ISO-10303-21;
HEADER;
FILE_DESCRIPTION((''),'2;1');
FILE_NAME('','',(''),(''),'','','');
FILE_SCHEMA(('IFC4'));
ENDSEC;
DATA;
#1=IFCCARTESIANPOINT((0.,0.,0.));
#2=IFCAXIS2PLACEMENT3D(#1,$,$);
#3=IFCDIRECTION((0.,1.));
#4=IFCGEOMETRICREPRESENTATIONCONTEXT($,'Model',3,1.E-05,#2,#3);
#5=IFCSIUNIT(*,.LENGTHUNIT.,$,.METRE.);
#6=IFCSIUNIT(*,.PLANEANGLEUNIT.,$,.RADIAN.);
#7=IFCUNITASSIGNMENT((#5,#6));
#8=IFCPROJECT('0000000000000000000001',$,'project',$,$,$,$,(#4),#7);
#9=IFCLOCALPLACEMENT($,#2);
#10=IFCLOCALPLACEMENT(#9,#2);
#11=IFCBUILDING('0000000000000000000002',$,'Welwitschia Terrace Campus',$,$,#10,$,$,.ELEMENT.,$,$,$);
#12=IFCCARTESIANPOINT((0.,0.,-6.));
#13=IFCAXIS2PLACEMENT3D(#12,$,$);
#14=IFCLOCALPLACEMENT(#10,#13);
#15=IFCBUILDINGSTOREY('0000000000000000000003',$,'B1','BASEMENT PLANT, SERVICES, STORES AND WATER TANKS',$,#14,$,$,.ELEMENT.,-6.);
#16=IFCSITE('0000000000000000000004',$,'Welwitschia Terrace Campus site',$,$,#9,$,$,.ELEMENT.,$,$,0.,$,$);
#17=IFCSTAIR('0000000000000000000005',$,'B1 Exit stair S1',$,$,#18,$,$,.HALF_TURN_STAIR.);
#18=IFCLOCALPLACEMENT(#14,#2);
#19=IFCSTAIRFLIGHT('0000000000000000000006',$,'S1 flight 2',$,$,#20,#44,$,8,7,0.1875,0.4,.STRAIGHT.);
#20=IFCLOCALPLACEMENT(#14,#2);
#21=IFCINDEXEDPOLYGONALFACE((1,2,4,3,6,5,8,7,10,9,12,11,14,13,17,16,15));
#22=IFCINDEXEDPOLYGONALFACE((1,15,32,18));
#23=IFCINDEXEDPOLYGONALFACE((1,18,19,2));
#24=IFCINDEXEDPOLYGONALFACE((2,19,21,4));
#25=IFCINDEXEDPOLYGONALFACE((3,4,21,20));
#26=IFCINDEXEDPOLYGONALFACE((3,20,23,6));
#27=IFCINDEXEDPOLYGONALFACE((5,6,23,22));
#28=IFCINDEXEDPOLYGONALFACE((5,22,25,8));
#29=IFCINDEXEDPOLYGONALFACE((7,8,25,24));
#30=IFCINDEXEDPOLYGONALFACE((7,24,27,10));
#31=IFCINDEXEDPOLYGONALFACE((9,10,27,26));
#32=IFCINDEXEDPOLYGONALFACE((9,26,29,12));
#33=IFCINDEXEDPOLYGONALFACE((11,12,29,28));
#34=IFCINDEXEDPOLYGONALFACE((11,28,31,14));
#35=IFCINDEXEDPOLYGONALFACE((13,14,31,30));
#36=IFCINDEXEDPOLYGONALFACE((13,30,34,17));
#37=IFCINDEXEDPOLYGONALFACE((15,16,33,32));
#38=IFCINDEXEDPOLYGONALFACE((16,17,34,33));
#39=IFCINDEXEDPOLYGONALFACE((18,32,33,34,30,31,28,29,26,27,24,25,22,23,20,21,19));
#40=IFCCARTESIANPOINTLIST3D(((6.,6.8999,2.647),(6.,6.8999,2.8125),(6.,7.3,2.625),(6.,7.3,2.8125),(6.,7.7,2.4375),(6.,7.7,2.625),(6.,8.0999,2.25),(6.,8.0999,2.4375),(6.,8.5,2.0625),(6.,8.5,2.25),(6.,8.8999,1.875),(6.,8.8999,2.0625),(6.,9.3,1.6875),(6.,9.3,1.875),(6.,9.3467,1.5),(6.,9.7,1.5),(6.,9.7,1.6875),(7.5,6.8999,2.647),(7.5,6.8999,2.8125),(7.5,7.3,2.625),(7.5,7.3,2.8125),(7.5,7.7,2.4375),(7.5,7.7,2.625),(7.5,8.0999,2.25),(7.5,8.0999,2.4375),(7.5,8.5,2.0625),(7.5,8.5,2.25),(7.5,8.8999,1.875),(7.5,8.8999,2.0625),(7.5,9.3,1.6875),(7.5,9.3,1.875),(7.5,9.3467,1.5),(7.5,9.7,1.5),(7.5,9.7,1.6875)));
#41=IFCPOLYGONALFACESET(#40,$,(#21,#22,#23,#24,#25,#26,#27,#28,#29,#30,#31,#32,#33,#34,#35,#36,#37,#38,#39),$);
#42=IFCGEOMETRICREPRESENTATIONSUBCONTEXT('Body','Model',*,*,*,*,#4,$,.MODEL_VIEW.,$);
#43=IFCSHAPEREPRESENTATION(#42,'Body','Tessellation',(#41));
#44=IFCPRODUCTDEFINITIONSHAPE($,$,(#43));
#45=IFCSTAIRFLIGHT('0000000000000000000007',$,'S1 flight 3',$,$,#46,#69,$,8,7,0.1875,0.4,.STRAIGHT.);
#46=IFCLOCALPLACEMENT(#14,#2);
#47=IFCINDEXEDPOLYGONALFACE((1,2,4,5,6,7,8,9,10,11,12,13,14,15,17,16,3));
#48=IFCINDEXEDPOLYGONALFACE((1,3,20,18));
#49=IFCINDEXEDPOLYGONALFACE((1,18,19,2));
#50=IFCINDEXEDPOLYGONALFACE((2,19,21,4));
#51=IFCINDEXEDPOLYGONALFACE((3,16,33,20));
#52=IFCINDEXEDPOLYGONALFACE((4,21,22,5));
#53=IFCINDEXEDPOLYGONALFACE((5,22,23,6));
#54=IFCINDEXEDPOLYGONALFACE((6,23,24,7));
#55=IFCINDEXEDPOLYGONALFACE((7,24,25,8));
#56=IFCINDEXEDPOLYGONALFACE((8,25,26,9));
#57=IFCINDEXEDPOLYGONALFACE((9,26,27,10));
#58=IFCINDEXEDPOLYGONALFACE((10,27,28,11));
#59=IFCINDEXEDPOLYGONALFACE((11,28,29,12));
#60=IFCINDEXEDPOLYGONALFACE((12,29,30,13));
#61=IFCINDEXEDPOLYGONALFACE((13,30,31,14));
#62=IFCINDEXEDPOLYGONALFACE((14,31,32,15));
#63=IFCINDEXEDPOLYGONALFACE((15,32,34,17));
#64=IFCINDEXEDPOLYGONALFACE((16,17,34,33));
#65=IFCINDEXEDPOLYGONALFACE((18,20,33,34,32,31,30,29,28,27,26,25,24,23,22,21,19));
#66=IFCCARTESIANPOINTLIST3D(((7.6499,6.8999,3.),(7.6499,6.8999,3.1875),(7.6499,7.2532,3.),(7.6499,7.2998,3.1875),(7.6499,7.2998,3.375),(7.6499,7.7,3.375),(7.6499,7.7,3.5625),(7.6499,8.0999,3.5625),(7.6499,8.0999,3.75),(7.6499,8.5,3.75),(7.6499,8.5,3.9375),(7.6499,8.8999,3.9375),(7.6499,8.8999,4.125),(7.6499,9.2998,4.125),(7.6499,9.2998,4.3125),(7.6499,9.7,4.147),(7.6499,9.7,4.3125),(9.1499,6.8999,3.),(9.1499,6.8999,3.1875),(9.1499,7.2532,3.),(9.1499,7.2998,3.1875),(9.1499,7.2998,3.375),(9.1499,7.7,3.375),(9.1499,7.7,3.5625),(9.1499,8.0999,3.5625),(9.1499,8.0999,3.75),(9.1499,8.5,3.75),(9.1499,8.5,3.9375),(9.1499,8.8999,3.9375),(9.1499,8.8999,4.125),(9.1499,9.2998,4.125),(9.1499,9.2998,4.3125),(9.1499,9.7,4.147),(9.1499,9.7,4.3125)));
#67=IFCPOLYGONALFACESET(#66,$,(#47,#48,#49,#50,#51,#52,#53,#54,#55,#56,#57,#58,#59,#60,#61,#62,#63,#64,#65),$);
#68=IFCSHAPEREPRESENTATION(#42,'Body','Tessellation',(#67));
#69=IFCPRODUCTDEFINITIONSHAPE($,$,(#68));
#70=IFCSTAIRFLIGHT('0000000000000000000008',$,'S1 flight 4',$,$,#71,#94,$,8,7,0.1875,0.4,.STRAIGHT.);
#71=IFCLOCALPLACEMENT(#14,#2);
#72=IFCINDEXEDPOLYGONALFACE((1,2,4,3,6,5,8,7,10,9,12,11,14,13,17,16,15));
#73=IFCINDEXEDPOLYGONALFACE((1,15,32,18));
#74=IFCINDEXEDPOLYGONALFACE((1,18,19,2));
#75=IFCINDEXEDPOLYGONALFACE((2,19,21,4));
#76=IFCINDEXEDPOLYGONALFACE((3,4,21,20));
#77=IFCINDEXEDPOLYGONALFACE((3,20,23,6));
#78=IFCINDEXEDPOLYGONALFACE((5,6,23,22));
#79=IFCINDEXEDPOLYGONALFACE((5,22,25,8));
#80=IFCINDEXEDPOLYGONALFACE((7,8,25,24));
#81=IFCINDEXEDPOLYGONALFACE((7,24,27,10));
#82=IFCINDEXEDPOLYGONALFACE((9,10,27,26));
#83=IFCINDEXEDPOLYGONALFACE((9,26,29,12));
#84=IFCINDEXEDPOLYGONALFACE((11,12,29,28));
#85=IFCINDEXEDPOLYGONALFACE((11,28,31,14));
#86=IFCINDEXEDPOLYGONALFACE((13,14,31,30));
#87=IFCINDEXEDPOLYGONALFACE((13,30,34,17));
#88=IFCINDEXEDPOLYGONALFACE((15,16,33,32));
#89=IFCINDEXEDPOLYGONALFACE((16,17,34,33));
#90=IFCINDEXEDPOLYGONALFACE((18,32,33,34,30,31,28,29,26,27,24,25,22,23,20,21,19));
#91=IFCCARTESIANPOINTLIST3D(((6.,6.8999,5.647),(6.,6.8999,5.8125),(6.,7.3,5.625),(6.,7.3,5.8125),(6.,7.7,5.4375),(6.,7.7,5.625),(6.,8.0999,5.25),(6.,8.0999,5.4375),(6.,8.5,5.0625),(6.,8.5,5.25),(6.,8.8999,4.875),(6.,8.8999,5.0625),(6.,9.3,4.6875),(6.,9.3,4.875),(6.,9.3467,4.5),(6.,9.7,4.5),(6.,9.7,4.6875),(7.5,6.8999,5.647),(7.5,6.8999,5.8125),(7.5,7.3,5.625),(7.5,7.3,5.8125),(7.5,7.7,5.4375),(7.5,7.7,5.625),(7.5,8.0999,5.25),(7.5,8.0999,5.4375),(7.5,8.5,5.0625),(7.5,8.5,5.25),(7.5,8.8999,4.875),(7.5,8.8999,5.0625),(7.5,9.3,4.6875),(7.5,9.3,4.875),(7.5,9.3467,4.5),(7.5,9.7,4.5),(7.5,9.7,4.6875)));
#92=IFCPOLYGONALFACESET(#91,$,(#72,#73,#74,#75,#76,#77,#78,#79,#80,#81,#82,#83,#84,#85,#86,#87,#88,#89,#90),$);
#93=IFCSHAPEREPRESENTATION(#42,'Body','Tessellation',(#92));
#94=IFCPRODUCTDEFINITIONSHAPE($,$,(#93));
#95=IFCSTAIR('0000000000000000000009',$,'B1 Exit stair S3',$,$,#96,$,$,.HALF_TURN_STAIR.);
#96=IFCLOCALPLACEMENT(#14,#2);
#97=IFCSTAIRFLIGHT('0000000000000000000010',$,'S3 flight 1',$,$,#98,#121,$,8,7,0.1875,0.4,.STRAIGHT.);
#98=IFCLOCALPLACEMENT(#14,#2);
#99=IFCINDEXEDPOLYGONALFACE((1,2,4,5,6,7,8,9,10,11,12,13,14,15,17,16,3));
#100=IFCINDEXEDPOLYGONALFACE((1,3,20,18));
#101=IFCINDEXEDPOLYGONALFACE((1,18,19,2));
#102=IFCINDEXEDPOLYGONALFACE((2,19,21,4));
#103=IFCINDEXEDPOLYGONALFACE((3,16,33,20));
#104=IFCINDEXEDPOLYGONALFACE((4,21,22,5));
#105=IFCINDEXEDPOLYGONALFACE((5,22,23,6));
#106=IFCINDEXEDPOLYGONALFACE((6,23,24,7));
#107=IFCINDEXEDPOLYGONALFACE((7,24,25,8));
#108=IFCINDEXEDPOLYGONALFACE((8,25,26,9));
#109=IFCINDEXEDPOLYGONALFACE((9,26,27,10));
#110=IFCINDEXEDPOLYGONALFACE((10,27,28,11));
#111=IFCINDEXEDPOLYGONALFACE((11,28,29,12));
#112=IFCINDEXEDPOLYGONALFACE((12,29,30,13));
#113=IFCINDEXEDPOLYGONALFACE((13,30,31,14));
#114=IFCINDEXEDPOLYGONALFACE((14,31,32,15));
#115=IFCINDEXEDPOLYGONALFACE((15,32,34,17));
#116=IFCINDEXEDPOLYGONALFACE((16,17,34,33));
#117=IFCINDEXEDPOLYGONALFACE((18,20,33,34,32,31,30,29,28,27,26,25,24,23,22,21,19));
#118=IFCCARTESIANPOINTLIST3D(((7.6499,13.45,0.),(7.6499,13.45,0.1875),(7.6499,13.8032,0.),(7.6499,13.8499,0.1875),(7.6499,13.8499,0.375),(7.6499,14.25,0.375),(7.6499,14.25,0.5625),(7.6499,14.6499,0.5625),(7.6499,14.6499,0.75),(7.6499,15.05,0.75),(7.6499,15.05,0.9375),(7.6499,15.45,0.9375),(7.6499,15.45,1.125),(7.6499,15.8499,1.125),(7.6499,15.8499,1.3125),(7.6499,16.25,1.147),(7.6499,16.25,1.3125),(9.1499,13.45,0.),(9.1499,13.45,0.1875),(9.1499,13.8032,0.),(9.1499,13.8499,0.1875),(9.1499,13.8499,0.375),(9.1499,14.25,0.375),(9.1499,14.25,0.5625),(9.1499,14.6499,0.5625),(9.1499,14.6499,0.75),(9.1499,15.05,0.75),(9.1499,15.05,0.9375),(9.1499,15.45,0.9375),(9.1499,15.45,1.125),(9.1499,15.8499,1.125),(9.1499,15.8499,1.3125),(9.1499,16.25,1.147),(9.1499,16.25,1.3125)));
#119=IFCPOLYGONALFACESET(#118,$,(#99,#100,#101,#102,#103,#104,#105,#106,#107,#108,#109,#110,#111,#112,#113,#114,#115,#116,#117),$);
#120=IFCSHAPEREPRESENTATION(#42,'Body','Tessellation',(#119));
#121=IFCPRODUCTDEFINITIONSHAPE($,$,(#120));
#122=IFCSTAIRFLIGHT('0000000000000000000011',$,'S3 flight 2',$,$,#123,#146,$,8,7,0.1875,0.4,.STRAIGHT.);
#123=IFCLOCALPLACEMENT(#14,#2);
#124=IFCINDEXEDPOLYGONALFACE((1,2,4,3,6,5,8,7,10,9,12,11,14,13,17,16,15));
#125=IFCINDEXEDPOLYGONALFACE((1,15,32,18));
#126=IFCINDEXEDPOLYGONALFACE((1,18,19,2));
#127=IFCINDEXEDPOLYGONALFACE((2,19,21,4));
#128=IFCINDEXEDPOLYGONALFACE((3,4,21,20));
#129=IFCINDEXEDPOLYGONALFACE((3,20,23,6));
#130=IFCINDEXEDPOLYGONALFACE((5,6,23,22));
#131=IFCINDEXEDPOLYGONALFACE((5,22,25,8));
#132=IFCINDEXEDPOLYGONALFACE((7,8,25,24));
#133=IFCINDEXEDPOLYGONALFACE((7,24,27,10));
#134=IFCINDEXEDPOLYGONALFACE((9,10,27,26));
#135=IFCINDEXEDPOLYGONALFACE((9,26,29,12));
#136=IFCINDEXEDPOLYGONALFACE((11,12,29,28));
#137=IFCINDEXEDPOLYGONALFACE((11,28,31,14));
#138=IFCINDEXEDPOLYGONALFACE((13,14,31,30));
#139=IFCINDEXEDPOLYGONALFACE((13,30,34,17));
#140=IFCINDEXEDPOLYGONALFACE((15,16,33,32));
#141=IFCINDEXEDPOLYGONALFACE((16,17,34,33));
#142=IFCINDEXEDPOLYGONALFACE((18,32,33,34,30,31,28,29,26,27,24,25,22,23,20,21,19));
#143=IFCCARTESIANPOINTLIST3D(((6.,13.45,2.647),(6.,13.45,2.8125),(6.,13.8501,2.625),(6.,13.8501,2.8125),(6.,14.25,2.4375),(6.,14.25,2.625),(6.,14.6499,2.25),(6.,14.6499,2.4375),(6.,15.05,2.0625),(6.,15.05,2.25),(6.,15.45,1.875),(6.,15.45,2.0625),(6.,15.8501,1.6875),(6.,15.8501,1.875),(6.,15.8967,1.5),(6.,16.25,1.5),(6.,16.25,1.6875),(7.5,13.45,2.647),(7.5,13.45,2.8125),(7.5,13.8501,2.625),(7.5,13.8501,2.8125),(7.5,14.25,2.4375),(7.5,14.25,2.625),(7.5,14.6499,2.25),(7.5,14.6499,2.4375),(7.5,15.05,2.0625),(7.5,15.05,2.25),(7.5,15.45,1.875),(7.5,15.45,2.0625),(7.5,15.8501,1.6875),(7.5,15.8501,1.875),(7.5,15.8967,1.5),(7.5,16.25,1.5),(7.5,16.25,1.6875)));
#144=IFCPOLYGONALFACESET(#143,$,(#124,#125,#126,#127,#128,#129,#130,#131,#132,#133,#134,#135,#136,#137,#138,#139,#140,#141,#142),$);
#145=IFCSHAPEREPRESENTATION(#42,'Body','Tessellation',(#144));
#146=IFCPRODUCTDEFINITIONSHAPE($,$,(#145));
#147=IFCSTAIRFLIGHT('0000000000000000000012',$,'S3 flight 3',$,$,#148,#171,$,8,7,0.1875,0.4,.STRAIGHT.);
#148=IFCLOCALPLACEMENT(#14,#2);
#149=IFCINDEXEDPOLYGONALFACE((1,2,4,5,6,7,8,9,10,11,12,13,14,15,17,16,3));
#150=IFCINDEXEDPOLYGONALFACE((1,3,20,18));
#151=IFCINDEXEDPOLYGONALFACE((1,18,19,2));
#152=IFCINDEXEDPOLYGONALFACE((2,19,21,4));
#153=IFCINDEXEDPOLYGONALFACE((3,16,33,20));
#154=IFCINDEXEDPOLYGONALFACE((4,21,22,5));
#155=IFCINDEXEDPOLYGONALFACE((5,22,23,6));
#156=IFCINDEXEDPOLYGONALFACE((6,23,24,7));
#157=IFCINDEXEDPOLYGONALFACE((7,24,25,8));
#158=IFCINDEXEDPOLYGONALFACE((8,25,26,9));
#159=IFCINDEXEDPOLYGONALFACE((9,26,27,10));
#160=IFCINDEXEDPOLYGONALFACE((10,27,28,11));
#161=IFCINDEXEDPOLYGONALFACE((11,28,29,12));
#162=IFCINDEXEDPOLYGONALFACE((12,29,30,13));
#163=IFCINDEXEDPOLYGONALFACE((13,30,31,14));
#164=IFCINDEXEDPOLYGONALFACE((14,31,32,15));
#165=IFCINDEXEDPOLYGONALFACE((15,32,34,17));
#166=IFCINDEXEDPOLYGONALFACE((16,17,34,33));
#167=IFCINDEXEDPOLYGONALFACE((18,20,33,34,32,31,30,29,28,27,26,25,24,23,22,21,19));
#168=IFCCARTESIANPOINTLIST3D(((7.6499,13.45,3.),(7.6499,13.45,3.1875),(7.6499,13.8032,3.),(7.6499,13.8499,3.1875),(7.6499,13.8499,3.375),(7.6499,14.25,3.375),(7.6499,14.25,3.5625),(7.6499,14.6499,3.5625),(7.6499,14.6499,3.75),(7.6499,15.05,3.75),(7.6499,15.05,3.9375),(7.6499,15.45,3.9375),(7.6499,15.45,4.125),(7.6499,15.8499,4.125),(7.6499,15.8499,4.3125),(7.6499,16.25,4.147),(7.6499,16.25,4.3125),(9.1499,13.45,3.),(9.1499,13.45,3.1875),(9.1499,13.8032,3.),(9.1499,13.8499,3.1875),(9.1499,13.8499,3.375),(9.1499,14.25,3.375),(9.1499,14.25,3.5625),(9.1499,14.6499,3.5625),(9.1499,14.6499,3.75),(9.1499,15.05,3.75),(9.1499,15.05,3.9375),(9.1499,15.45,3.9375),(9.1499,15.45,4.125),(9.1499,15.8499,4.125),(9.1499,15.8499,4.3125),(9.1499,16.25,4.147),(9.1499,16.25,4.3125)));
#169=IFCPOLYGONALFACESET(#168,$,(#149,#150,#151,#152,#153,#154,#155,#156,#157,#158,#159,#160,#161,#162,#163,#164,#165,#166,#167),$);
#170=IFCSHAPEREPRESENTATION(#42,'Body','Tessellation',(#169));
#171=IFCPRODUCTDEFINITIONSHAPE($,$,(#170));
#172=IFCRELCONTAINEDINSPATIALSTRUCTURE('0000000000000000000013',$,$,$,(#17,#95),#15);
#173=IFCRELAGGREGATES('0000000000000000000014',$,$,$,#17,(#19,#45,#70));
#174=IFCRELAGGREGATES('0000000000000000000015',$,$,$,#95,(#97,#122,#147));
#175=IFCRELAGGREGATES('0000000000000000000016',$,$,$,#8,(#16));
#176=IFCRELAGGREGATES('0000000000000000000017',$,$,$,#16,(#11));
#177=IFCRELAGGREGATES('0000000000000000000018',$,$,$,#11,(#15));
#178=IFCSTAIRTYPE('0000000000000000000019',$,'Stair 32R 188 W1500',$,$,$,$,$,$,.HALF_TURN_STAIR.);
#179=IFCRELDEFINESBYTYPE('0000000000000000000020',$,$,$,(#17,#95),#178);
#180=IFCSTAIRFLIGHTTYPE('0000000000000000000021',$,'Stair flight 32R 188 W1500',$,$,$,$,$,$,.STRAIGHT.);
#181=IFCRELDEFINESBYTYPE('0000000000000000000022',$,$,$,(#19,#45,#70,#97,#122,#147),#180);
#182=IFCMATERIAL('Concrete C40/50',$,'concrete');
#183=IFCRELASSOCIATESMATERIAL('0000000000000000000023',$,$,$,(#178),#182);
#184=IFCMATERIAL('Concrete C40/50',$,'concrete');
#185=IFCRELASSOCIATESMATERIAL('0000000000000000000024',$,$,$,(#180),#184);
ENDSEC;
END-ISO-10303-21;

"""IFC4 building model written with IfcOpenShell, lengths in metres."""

from ifc_helpers import new_model, si_unit, direction, frame, origin, place, context, subcontext, project, spatial, polyline, outline, extrude, material, type_object, element, aggregate, save


model = new_model("IFC4")

# Units and contexts
model_context = context("Model", 3, precision=1e-05, world=origin(), true_north=direction((0.0, 1.0)))
body_context = subcontext(model_context, "Body", "Model", "MODEL_VIEW")
ifc_project = project(units=[si_unit("LENGTHUNIT", "METRE"), si_unit("PLANEANGLEUNIT", "RADIAN")], contexts=[model_context])

# Site, building, storey
site_placement = place(None, origin())
site = spatial("IfcSite", under=ifc_project, at=site_placement, Name="Welwitschia Terrace Campus site", CompositionType="ELEMENT", RefElevation=0.0)
building_placement = place(site_placement, origin())
building = spatial("IfcBuilding", under=site, at=building_placement, Name="Welwitschia Terrace Campus", CompositionType="ELEMENT")
storey_placement = place(building_placement, frame((0.0, 0.0, -6.0)))
storey = spatial("IfcBuildingStorey", under=building, at=storey_placement, Name="B1", Description="BASEMENT PLANT, SERVICES, STORES AND WATER TANKS", CompositionType="ELEMENT", Elevation=-6.0)

# Stairs, stair flights
ifc_material_1 = material(Name="Concrete C40/50", Category="concrete")
stair_type = type_object("IfcStairType", Name="Stair 32R 188 W1500", PredefinedType="HALF_TURN_STAIR", material=ifc_material_1)
stair_1_placement = place(storey_placement, origin())
stair_1 = element("IfcStair", 1, at=stair_1_placement, inside=storey, type_object=stair_type, Name="B1 Exit stair S1", PredefinedType="HALF_TURN_STAIR")
ifc_material_2 = material(Name="Concrete C40/50", Category="concrete")
stair_flight_type = type_object("IfcStairFlightType", Name="Stair flight 32R 188 W1500", PredefinedType="STRAIGHT", material=ifc_material_2)
stair_flight_1_placement = place(storey_placement, frame((6.75, 9.7, 1.5), z_axis=(0.0, 0.0, 1.0), x_axis=(0.0, -1.0, 0.0)))
stair_flight_1 = element("IfcStairFlight", 2, at=stair_flight_1_placement, type_object=stair_flight_type, Name="S1 flight 2", NumberOfRisers=8, NumberOfTreads=7, PredefinedType="STRAIGHT", RiserHeight=0.1875, TreadLength=0.4, context=body_context, shape_type="SweptSolid", body=[
    extrude(outline(polyline([(0.0, 0.0), (0.0, 0.1875), (0.3999, 0.1875), (0.3999, 0.375), (0.8, 0.375), (0.8, 0.5625), (1.2, 0.5625), (1.2, 0.75), (1.6001, 0.75), (1.6001, 0.9375), (2.0, 0.9375), (2.0, 1.125), (2.3999, 1.125), (2.3999, 1.3125), (2.8, 1.3125), (2.8, 1.5), (2.8, 1.147), (0.3533, 0.0), (0.0, 0.0)])), frame((0.0, 0.75, 0.0), z_axis=(0.0, -1.0, 0.0), x_axis=(1.0, 0.0, 0.0)), (0.0, 0.0, 1.0), 1.5),
])
stair_flight_2_placement = place(storey_placement, frame((8.3999, 6.8999, 3.0), z_axis=(0.0, 0.0, 1.0), x_axis=(0.0, 1.0, 0.0)))
stair_flight_2 = element("IfcStairFlight", 3, at=stair_flight_2_placement, type_object=stair_flight_type, Name="S1 flight 3", NumberOfRisers=8, NumberOfTreads=7, PredefinedType="STRAIGHT", RiserHeight=0.1875, TreadLength=0.4, context=body_context, shape_type="SweptSolid", body=[
    extrude(outline(polyline([(0.0, 0.0), (0.0, 0.1875), (0.3999, 0.1875), (0.3999, 0.375), (0.8, 0.375), (0.8, 0.5625), (1.2, 0.5625), (1.2, 0.75), (1.6001, 0.75), (1.6001, 0.9375), (2.0, 0.9375), (2.0, 1.125), (2.3999, 1.125), (2.3999, 1.3125), (2.8, 1.3125), (2.8, 1.5), (2.8, 1.147), (0.3533, 0.0), (0.0, 0.0)])), frame((0.0, 0.75, 0.0), z_axis=(0.0, -1.0, 0.0), x_axis=(1.0, 0.0, 0.0)), (0.0, 0.0, 1.0), 1.5),
])
stair_flight_3_placement = place(storey_placement, frame((6.75, 9.7, 4.5), z_axis=(0.0, 0.0, 1.0), x_axis=(0.0, -1.0, 0.0)))
stair_flight_3 = element("IfcStairFlight", 4, at=stair_flight_3_placement, type_object=stair_flight_type, Name="S1 flight 4", NumberOfRisers=8, NumberOfTreads=7, PredefinedType="STRAIGHT", RiserHeight=0.1875, TreadLength=0.4, context=body_context, shape_type="SweptSolid", body=[
    extrude(outline(polyline([(0.0, 0.0), (0.0, 0.1875), (0.3999, 0.1875), (0.3999, 0.375), (0.8, 0.375), (0.8, 0.5625), (1.2, 0.5625), (1.2, 0.75), (1.6001, 0.75), (1.6001, 0.9375), (2.0, 0.9375), (2.0, 1.125), (2.3999, 1.125), (2.3999, 1.3125), (2.8, 1.3125), (2.8, 1.5), (2.8, 1.147), (0.3533, 0.0), (0.0, 0.0)])), frame((0.0, 0.75, 0.0), z_axis=(0.0, -1.0, 0.0), x_axis=(1.0, 0.0, 0.0)), (0.0, 0.0, 1.0), 1.5),
])
aggregate(stair_1, [stair_flight_1, stair_flight_2, stair_flight_3])
stair_2_placement = place(storey_placement, origin())
stair_2 = element("IfcStair", 5, at=stair_2_placement, inside=storey, type_object=stair_type, Name="B1 Exit stair S3", PredefinedType="HALF_TURN_STAIR")
stair_flight_4_placement = place(storey_placement, frame((8.3999, 13.45, 0.0), z_axis=(0.0, 0.0, 1.0), x_axis=(0.0, 1.0, 0.0)))
stair_flight_4 = element("IfcStairFlight", 6, at=stair_flight_4_placement, type_object=stair_flight_type, Name="S3 flight 1", NumberOfRisers=8, NumberOfTreads=7, PredefinedType="STRAIGHT", RiserHeight=0.1875, TreadLength=0.4, context=body_context, shape_type="SweptSolid", body=[
    extrude(outline(polyline([(0.0, 0.0), (0.0, 0.1875), (0.3999, 0.1875), (0.3999, 0.375), (0.8, 0.375), (0.8, 0.5625), (1.2, 0.5625), (1.2, 0.75), (1.6001, 0.75), (1.6001, 0.9375), (2.0, 0.9375), (2.0, 1.125), (2.3999, 1.125), (2.3999, 1.3125), (2.8, 1.3125), (2.8, 1.5), (2.8, 1.147), (0.3533, 0.0), (0.0, 0.0)])), frame((0.0, 0.75, 0.0), z_axis=(0.0, -1.0, 0.0), x_axis=(1.0, 0.0, 0.0)), (0.0, 0.0, 1.0), 1.5),
])
stair_flight_5_placement = place(storey_placement, frame((6.75, 16.25, 1.5), z_axis=(0.0, 0.0, 1.0), x_axis=(0.0, -1.0, 0.0)))
stair_flight_5 = element("IfcStairFlight", 7, at=stair_flight_5_placement, type_object=stair_flight_type, Name="S3 flight 2", NumberOfRisers=8, NumberOfTreads=7, PredefinedType="STRAIGHT", RiserHeight=0.1875, TreadLength=0.4, context=body_context, shape_type="SweptSolid", body=[
    extrude(outline(polyline([(0.0, 0.0), (0.0, 0.1875), (0.3999, 0.1875), (0.3999, 0.375), (0.8, 0.375), (0.8, 0.5625), (1.2, 0.5625), (1.2, 0.75), (1.6001, 0.75), (1.6001, 0.9375), (2.0, 0.9375), (2.0, 1.125), (2.3999, 1.125), (2.3999, 1.3125), (2.8, 1.3125), (2.8, 1.5), (2.8, 1.147), (0.3533, 0.0), (0.0, 0.0)])), frame((0.0, 0.75, 0.0), z_axis=(0.0, -1.0, 0.0), x_axis=(1.0, 0.0, 0.0)), (0.0, 0.0, 1.0), 1.5),
])
stair_flight_6_placement = place(storey_placement, frame((8.3999, 13.45, 3.0), z_axis=(0.0, 0.0, 1.0), x_axis=(0.0, 1.0, 0.0)))
stair_flight_6 = element("IfcStairFlight", 8, at=stair_flight_6_placement, type_object=stair_flight_type, Name="S3 flight 3", NumberOfRisers=8, NumberOfTreads=7, PredefinedType="STRAIGHT", RiserHeight=0.1875, TreadLength=0.4, context=body_context, shape_type="SweptSolid", body=[
    extrude(outline(polyline([(0.0, 0.0), (0.0, 0.1875), (0.3999, 0.1875), (0.3999, 0.375), (0.8, 0.375), (0.8, 0.5625), (1.2, 0.5625), (1.2, 0.75), (1.6001, 0.75), (1.6001, 0.9375), (2.0, 0.9375), (2.0, 1.125), (2.3999, 1.125), (2.3999, 1.3125), (2.8, 1.3125), (2.8, 1.5), (2.8, 1.147), (0.3533, 0.0), (0.0, 0.0)])), frame((0.0, 0.75, 0.0), z_axis=(0.0, -1.0, 0.0), x_axis=(1.0, 0.0, 0.0)), (0.0, 0.0, 1.0), 1.5),
])
aggregate(stair_2, [stair_flight_4, stair_flight_5, stair_flight_6])

save(model, "model.ifc")
